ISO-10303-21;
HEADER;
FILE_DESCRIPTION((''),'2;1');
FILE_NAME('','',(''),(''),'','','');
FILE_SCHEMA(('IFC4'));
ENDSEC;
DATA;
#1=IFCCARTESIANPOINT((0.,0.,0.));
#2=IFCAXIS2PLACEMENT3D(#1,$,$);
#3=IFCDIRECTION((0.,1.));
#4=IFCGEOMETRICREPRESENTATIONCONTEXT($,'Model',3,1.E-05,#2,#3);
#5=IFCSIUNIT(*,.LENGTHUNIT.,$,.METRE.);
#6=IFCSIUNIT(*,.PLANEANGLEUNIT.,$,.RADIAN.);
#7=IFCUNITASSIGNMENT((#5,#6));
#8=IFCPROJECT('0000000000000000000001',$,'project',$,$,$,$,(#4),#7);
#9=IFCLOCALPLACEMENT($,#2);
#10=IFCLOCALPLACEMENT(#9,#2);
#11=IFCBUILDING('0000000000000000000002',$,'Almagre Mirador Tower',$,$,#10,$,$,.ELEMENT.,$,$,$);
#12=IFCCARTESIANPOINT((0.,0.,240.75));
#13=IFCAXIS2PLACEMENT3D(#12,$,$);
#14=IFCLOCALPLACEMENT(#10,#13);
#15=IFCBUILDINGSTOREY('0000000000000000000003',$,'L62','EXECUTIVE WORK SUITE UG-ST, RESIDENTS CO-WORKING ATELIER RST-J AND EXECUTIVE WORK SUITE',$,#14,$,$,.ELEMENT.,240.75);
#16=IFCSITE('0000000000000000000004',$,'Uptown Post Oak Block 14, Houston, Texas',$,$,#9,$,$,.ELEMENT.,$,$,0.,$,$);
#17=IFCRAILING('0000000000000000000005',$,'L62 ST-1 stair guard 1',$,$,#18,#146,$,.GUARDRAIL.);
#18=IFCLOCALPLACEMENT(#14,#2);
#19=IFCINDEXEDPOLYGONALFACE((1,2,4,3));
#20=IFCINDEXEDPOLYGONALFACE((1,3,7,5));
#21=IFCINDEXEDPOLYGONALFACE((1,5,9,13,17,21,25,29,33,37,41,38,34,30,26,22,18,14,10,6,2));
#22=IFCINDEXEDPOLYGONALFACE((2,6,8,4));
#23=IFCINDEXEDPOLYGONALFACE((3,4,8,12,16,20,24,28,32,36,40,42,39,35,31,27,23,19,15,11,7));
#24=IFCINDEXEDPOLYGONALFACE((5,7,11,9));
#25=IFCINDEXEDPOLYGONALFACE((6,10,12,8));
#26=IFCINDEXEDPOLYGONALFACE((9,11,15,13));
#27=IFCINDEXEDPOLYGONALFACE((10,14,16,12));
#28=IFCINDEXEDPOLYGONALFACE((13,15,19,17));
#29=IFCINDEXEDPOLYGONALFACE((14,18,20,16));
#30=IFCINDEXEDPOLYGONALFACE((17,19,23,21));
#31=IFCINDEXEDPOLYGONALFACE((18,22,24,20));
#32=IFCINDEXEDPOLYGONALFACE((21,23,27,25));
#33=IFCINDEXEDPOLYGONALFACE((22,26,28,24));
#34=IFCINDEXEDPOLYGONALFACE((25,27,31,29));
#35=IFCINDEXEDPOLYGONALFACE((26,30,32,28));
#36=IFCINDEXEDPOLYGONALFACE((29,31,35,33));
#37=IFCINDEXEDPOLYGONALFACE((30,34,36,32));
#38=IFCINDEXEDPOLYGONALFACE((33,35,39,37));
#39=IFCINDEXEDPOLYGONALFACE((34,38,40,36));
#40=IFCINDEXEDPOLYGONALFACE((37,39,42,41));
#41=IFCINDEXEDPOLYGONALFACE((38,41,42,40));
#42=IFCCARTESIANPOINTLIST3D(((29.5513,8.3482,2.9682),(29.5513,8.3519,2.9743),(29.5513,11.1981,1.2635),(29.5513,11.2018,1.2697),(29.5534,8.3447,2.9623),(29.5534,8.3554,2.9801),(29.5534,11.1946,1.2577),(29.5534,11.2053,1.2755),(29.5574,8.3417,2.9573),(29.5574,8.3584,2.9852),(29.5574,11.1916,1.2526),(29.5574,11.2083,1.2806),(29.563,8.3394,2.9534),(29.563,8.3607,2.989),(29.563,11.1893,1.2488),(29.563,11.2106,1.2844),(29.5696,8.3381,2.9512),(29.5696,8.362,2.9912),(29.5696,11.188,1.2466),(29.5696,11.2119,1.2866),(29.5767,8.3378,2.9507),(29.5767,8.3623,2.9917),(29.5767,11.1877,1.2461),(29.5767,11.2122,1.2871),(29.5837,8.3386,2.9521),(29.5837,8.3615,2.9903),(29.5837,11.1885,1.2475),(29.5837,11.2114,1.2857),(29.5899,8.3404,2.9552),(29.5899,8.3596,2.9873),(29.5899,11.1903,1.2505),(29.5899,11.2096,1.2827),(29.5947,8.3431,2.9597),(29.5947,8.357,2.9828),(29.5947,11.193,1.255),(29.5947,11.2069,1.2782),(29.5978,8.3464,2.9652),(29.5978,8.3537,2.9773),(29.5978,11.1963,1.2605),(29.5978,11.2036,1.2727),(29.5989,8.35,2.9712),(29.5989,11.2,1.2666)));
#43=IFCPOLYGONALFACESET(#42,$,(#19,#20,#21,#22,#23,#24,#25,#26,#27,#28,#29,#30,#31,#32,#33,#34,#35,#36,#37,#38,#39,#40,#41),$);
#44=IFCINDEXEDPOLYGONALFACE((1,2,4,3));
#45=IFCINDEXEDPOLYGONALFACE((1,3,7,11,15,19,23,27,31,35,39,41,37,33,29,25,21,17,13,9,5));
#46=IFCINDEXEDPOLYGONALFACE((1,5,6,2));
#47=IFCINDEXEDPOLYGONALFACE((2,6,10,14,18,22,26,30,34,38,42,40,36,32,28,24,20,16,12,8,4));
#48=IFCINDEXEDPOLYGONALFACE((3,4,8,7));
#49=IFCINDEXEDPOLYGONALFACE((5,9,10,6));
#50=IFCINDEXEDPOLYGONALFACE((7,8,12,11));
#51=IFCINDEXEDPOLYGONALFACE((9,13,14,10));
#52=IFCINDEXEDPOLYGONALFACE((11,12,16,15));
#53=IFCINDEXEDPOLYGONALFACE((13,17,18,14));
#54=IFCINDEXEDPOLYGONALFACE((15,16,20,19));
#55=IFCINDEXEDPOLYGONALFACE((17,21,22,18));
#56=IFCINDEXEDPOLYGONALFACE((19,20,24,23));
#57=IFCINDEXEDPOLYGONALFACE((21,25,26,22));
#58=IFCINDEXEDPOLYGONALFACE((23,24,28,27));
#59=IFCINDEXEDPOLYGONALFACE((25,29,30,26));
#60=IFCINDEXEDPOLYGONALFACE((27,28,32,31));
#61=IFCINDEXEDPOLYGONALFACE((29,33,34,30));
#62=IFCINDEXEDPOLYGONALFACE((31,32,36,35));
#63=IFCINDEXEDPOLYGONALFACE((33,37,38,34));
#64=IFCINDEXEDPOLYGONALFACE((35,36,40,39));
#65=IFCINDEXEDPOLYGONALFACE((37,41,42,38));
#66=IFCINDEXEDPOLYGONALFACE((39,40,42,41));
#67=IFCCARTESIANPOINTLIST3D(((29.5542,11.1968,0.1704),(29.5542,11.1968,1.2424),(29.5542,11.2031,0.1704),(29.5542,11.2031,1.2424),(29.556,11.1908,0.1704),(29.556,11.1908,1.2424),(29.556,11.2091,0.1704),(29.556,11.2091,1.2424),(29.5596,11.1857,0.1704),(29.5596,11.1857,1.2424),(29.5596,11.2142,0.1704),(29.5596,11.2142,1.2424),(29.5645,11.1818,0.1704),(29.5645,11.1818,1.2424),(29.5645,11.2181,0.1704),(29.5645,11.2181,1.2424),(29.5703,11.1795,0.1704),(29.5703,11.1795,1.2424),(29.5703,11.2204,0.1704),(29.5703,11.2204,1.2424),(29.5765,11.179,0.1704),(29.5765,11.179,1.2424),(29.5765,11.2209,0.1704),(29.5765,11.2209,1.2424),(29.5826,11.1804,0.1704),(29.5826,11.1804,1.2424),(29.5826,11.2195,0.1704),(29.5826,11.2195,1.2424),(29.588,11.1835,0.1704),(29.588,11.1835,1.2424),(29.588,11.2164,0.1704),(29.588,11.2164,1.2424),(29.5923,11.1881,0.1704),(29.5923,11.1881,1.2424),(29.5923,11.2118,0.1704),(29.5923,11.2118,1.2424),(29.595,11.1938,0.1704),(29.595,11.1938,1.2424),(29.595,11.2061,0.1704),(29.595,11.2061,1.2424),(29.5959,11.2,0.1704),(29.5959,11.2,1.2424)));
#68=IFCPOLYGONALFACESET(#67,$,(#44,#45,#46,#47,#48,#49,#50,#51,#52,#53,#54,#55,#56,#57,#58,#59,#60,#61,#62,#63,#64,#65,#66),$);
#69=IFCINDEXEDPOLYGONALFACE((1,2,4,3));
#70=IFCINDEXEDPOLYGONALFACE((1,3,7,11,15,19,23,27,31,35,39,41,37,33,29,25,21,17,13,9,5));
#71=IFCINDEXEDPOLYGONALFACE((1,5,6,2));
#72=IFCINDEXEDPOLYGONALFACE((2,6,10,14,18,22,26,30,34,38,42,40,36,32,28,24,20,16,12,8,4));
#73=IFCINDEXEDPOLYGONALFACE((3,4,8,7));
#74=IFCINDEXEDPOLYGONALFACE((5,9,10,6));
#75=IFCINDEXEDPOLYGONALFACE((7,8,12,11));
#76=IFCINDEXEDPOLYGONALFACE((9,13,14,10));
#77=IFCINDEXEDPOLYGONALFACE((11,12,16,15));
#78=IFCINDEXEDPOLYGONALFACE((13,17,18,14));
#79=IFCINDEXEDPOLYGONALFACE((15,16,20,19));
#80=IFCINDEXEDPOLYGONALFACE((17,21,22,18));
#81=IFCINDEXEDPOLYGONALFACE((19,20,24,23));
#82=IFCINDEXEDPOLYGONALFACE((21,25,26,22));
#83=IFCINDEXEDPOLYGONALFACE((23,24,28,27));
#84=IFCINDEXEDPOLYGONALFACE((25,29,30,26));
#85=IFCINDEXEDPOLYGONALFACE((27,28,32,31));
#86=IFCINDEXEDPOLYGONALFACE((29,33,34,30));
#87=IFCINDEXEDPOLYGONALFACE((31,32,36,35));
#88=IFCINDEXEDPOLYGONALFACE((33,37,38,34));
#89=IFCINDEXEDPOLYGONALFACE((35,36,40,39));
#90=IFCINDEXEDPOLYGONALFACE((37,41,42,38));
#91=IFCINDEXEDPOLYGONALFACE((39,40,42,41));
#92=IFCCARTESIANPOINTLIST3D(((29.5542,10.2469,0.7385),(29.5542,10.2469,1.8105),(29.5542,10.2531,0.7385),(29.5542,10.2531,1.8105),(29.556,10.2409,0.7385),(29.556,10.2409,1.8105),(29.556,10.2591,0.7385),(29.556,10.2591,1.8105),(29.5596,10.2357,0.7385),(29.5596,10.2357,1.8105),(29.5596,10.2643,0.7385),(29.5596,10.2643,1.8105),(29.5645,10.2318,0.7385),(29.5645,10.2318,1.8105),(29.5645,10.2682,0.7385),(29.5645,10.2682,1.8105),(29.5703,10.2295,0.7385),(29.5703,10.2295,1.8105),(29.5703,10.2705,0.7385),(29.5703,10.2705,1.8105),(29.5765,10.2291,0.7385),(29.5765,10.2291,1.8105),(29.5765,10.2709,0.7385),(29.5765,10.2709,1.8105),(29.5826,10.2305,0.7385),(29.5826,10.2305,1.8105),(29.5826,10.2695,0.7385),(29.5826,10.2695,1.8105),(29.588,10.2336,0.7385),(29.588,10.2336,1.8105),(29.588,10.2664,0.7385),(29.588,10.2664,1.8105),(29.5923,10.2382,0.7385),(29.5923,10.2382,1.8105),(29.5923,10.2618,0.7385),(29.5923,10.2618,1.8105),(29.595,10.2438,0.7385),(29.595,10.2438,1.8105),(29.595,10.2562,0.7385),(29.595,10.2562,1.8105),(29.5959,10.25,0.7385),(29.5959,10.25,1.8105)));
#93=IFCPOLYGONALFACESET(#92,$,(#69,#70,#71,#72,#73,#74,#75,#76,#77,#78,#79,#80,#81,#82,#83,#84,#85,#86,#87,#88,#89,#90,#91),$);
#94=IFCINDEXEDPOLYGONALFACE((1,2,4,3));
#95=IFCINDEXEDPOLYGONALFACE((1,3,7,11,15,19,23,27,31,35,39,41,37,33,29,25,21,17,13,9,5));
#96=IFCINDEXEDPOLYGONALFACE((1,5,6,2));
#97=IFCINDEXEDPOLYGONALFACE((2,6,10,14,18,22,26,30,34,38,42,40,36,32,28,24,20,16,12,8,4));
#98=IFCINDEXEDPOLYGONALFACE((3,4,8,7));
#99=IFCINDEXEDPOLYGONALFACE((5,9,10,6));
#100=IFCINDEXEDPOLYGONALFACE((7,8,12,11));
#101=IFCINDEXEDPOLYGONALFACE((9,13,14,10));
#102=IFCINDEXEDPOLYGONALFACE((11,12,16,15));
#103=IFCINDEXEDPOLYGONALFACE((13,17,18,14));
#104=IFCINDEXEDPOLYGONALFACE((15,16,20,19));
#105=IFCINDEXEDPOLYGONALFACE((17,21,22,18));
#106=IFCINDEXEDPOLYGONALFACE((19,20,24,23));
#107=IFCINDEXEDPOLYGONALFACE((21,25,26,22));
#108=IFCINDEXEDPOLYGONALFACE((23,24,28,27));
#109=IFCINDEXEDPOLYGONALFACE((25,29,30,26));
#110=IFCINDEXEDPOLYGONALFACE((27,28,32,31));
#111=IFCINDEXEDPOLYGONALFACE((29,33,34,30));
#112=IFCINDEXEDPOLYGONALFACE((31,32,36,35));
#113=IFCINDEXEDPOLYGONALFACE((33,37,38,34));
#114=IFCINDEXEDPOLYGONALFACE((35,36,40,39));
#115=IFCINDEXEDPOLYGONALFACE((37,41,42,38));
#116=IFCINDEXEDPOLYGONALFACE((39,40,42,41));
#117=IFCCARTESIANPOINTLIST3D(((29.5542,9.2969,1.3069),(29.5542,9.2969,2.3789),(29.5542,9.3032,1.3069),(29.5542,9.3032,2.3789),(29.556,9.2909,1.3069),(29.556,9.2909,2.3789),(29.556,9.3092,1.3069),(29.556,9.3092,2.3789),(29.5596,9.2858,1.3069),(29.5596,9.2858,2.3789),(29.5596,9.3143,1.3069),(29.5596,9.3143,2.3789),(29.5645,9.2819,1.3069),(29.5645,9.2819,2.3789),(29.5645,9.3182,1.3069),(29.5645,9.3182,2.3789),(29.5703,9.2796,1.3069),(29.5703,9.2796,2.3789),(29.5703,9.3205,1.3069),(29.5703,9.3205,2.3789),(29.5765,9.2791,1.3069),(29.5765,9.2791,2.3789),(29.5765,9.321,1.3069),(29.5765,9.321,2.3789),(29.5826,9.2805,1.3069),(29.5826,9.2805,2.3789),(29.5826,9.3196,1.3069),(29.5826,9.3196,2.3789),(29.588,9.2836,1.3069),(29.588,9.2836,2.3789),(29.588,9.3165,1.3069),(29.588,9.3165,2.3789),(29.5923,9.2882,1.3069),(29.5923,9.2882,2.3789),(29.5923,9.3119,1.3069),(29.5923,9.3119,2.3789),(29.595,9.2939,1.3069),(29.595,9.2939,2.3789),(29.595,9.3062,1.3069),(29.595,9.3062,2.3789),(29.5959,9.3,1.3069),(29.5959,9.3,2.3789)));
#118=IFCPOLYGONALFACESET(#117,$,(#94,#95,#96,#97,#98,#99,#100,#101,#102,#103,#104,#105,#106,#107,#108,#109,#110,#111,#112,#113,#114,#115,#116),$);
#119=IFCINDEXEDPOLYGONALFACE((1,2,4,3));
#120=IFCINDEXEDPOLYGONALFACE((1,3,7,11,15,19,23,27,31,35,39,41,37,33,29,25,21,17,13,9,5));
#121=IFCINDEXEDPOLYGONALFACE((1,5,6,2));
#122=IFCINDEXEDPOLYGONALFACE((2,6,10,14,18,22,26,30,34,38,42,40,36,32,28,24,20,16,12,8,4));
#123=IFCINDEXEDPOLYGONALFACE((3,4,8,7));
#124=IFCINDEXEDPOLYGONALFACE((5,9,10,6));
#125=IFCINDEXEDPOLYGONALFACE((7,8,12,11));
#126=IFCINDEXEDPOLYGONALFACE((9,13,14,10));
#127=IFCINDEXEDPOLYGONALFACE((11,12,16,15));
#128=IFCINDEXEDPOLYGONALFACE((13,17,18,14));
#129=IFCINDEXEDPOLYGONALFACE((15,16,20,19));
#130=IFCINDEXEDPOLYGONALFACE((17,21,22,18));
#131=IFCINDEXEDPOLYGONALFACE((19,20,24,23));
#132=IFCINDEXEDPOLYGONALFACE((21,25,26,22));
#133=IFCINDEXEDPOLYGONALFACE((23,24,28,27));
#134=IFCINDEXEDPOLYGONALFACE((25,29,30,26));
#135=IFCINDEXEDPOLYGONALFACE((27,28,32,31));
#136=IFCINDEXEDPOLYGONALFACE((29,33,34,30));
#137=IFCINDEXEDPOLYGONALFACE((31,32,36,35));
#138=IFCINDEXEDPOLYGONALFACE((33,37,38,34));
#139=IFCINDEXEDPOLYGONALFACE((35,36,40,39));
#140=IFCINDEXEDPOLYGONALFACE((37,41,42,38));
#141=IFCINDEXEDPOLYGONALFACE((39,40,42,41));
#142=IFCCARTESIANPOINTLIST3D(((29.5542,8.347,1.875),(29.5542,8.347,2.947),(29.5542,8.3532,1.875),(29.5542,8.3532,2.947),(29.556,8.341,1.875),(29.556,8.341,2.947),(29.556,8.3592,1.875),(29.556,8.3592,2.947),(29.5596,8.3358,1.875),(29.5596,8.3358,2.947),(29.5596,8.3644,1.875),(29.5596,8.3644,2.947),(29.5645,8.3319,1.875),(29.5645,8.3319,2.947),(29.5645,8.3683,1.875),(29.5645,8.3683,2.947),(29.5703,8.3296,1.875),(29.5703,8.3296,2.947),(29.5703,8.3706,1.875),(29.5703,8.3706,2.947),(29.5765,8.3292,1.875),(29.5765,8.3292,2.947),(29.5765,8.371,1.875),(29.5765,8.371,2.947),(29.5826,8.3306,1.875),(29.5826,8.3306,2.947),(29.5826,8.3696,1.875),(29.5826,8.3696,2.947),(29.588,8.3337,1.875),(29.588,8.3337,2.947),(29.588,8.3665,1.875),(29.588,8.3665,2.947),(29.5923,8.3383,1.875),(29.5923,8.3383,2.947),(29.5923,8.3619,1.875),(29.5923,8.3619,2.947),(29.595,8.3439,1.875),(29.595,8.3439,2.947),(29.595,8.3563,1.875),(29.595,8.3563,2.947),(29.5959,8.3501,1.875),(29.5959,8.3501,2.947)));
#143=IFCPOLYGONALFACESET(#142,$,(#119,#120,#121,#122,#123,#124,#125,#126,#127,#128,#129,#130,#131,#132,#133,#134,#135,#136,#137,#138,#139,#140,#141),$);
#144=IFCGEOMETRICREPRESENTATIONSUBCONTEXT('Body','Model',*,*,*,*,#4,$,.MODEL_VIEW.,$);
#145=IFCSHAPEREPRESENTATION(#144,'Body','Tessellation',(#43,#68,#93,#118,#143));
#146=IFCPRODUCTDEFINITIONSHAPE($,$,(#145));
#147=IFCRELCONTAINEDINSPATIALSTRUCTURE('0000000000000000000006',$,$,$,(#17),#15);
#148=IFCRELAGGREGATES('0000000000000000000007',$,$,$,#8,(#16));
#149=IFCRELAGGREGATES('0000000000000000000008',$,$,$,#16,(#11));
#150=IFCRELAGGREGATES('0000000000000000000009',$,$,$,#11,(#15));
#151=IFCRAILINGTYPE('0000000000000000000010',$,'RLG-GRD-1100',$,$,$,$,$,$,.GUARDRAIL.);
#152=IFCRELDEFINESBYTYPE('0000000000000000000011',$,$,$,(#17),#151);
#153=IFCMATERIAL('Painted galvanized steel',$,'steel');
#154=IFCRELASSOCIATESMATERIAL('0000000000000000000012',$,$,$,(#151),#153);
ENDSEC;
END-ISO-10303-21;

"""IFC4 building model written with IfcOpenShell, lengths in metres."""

from ifc_helpers import new_model, si_unit, direction, frame, origin, origin_2d, place, context, subcontext, project, spatial, circle, extrude, material, type_object, element, save


model = new_model("IFC4")

# Units and contexts
model_context = context("Model", 3, precision=1e-05, world=origin(), true_north=direction((0.0, 1.0)))
body_context = subcontext(model_context, "Body", "Model", "MODEL_VIEW")
ifc_project = project(units=[si_unit("LENGTHUNIT", "METRE"), si_unit("PLANEANGLEUNIT", "RADIAN")], contexts=[model_context])

# Site, building, storey
site_placement = place(None, origin())
site = spatial("IfcSite", under=ifc_project, at=site_placement, Name="Uptown Post Oak Block 14, Houston, Texas", CompositionType="ELEMENT", RefElevation=0.0)
building_placement = place(site_placement, origin())
building = spatial("IfcBuilding", under=site, at=building_placement, Name="Almagre Mirador Tower", CompositionType="ELEMENT")
storey_placement = place(building_placement, frame((0.0, 0.0, 240.75)))
storey = spatial("IfcBuildingStorey", under=building, at=storey_placement, Name="L62", Description="EXECUTIVE WORK SUITE UG-ST, RESIDENTS CO-WORKING ATELIER RST-J AND EXECUTIVE WORK SUITE", CompositionType="ELEMENT", Elevation=240.75)

# Railing
ifc_material_1 = material(Name="Painted galvanized steel", Category="steel")
railing_type_1 = type_object("IfcRailingType", Name="RLG-GRD-1100", PredefinedType="GUARDRAIL", material=ifc_material_1)
railing_1_placement = place(storey_placement, frame((29.575, 11.2, 0.1704)))
element("IfcRailing", 1, at=railing_1_placement, inside=storey, type_object=railing_type_1, Name="L62 ST-1 stair guard 1", PredefinedType="GUARDRAIL", context=body_context, shape_type="SweptSolid", body=[
    extrude(circle(Radius=0.0239, at=origin_2d()), frame((0.0, 0.0, 1.0962), z_axis=(0.0, -0.858199, 0.513317), x_axis=(1.0, 0.0, 0.0)), (0.0, 0.0, 1.0), 3.3208),
    extrude(circle(Radius=0.021, at=origin_2d()), origin(), (0.0, 0.0, 1.0), 1.072),
    extrude(circle(Radius=0.021, at=origin_2d()), frame((0.0, -0.95, 0.5681)), (0.0, 0.0, 1.0), 1.072),
    extrude(circle(Radius=0.021, at=origin_2d()), frame((0.0, -1.8999, 1.1365)), (0.0, 0.0, 1.0), 1.072),
    extrude(circle(Radius=0.021, at=origin_2d()), frame((0.0, -2.8499, 1.7046)), (0.0, 0.0, 1.0), 1.072),
])

save(model, "model.ifc")
